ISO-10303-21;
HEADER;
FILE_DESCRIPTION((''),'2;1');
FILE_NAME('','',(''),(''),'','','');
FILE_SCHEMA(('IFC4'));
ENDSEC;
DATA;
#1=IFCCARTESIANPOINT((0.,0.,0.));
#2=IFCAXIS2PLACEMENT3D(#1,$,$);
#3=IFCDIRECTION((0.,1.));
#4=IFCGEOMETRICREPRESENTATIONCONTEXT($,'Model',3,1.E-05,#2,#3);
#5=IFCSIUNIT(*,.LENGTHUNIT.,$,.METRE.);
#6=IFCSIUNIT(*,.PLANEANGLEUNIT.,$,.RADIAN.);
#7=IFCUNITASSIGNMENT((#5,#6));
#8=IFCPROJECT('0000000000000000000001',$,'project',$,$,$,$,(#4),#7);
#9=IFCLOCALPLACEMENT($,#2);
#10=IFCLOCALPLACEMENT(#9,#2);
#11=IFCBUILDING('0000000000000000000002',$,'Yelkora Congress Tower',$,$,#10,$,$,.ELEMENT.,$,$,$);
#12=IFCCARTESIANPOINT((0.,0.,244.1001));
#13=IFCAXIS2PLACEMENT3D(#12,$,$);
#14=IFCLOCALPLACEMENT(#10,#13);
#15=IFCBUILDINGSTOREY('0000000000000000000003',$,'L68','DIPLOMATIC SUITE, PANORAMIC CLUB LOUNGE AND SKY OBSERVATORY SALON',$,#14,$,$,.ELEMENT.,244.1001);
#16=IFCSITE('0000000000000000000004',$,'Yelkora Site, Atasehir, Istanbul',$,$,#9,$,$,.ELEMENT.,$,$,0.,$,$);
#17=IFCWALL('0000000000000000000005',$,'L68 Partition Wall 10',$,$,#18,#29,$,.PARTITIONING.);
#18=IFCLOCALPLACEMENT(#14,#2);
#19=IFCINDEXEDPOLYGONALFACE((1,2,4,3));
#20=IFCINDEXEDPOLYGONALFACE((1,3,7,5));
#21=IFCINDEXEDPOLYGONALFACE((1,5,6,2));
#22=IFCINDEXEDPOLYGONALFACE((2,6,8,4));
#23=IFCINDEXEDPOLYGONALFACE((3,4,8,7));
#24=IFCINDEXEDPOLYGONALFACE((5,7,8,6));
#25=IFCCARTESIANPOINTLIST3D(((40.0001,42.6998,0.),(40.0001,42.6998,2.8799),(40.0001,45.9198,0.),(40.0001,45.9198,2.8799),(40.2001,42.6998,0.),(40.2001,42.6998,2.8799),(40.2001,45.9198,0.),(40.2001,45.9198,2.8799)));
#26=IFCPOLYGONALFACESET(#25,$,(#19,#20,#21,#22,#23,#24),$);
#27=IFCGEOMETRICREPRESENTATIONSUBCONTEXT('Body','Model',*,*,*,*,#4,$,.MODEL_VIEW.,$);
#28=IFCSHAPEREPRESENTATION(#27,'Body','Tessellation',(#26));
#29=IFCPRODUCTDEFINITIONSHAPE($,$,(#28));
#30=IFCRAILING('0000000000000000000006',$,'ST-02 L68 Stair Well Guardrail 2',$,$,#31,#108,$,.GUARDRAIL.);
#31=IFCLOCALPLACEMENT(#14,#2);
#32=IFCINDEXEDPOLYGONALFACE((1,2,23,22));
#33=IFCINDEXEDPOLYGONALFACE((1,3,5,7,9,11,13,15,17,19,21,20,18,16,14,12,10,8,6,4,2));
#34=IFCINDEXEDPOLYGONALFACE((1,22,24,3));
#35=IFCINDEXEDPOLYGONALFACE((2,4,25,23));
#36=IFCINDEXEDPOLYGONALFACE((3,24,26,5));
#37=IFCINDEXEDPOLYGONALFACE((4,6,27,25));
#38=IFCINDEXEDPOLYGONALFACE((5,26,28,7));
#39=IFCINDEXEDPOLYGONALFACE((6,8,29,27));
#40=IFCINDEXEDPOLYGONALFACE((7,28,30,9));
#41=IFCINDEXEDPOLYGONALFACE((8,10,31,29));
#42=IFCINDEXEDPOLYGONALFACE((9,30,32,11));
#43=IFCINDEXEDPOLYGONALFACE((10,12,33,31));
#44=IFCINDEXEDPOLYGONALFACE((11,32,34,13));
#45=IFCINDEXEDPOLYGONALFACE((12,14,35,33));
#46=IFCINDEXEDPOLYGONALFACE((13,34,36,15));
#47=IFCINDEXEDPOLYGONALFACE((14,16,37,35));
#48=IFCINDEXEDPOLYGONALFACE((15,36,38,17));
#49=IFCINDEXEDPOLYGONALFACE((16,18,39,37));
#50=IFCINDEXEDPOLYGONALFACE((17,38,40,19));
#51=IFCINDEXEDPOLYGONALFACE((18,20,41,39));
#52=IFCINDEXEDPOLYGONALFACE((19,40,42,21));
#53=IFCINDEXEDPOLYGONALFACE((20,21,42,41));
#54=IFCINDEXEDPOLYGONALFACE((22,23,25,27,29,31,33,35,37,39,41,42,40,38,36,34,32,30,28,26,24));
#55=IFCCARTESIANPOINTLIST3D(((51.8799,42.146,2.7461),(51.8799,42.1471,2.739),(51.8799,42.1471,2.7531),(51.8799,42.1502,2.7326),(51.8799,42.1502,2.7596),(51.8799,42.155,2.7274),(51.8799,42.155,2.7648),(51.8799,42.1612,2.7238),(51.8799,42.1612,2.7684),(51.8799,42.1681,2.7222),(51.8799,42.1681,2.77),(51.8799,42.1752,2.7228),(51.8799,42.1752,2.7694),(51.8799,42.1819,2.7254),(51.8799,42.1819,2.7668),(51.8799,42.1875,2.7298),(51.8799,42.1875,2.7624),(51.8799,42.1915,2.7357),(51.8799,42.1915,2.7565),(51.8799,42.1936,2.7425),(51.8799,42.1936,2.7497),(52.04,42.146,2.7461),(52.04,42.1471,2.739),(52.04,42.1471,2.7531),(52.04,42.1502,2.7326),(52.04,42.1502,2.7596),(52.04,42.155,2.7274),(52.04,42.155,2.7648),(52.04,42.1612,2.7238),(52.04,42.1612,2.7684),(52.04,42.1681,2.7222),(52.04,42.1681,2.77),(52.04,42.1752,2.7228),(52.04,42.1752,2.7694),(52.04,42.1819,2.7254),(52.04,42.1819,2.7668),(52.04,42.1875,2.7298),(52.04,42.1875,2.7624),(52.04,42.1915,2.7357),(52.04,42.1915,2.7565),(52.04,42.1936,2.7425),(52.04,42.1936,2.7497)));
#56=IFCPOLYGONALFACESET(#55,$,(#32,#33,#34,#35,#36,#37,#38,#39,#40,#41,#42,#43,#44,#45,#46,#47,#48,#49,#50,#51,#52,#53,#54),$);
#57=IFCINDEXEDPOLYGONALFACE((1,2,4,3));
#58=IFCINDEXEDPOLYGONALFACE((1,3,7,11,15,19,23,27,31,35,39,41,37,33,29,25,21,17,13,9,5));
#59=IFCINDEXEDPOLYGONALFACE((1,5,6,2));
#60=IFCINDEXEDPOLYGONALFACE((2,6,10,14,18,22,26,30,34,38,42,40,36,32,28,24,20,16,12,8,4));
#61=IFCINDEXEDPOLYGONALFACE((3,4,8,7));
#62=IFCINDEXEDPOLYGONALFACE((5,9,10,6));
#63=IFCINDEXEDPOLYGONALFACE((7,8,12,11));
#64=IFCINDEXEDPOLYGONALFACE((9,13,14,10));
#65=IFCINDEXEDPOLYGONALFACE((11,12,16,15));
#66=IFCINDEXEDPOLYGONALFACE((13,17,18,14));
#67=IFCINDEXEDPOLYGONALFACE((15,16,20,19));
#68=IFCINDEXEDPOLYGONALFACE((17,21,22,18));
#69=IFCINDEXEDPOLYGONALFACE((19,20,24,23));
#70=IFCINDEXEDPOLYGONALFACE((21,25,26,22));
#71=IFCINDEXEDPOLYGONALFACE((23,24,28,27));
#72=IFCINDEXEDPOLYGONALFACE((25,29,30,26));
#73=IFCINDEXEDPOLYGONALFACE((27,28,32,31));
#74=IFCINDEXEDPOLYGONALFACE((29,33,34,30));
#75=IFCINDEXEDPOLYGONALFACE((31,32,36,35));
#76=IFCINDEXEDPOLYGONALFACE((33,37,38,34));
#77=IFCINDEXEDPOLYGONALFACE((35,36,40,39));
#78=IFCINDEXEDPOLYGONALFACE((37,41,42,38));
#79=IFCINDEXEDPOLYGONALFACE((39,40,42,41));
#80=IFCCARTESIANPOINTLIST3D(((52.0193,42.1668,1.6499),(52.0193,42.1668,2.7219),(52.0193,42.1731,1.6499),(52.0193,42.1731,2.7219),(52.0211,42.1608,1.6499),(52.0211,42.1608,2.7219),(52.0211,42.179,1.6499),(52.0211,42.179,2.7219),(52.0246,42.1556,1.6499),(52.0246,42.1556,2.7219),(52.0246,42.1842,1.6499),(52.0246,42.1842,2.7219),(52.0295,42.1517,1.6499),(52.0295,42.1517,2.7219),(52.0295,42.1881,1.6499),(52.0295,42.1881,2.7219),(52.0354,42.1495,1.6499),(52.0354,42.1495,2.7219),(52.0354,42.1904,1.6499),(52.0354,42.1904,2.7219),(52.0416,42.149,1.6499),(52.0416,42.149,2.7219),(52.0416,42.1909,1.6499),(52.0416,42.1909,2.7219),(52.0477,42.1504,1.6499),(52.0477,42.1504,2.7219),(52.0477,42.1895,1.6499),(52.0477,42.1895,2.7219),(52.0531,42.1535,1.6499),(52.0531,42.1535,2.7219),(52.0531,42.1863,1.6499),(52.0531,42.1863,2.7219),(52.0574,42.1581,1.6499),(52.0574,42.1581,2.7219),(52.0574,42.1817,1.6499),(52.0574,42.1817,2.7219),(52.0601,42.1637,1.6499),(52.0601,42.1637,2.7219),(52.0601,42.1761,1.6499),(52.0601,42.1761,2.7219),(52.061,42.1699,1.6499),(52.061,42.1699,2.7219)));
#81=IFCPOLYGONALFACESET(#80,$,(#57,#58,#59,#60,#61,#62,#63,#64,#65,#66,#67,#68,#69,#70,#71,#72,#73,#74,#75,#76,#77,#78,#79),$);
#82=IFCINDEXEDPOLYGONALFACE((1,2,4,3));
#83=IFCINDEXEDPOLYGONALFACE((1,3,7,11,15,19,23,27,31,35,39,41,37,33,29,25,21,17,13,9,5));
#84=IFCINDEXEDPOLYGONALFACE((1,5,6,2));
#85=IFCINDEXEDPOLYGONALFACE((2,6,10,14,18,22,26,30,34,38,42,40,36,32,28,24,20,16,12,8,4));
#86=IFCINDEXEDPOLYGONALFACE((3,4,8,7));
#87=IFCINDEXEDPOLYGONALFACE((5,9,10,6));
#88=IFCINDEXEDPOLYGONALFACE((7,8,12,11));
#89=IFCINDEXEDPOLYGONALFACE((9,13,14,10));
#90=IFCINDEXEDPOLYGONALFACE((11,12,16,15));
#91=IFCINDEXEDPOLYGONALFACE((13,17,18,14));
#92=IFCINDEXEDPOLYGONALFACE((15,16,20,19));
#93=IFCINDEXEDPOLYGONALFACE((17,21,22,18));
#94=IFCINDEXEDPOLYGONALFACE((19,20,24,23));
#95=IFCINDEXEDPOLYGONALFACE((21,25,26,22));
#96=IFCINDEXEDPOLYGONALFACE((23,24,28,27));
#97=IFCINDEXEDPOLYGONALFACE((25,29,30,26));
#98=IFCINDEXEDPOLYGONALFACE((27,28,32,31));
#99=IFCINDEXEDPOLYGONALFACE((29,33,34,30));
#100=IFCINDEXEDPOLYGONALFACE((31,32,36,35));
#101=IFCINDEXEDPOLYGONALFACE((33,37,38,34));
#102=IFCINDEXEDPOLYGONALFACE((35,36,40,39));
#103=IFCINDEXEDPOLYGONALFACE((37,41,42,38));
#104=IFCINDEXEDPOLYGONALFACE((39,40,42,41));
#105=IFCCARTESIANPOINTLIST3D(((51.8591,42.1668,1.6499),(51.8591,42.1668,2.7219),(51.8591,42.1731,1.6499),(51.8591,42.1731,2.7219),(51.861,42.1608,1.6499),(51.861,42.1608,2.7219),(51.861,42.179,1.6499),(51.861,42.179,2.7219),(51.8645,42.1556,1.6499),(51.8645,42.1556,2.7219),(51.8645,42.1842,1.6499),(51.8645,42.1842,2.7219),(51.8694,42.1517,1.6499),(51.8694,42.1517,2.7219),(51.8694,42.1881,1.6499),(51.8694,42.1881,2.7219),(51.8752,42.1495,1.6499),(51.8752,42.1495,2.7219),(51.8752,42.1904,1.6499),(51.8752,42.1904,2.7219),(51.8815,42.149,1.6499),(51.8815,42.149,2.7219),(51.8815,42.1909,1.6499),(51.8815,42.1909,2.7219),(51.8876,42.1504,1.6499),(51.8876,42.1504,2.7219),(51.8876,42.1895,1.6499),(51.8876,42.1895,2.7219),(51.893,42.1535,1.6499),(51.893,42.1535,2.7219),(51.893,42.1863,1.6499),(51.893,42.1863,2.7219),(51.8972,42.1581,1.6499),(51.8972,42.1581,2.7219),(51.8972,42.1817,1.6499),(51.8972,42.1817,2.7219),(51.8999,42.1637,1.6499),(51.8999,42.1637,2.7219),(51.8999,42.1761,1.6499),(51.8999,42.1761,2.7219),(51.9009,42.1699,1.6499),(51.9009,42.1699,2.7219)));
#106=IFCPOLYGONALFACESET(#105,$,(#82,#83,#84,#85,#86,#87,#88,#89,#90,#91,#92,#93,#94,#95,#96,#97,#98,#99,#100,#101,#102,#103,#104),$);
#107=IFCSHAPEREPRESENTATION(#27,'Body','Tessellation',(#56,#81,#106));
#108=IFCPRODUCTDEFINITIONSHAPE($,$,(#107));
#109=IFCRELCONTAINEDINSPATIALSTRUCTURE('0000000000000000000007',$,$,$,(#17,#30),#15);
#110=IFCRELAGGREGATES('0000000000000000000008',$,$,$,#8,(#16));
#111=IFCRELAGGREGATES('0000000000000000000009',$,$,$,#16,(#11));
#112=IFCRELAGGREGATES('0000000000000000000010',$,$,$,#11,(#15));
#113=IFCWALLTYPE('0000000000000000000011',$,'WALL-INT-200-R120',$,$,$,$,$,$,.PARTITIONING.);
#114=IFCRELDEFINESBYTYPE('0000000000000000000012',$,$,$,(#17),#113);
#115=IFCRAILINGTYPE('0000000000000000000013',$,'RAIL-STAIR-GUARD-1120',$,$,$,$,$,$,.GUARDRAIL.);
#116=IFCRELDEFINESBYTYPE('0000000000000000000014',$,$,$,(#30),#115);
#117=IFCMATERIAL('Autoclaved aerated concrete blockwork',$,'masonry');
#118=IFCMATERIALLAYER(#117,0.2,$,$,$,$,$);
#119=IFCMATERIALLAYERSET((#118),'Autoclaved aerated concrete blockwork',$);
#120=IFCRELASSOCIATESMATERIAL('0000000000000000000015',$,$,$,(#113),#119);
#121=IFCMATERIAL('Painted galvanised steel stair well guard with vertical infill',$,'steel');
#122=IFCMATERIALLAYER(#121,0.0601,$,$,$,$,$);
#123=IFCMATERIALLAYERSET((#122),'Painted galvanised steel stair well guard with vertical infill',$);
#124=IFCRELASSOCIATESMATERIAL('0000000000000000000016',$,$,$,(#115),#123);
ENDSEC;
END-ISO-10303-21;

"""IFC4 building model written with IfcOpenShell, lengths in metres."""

from ifc_helpers import new_model, si_unit, direction, frame, frame_2d, origin, origin_2d, place, context, subcontext, project, spatial, rectangle, circle, extrude, material, layer, layer_set, type_object, element, save


model = new_model("IFC4")

# Units and contexts
model_context = context("Model", 3, precision=1e-05, world=origin(), true_north=direction((0.0, 1.0)))
body_context = subcontext(model_context, "Body", "Model", "MODEL_VIEW")
ifc_project = project(units=[si_unit("LENGTHUNIT", "METRE"), si_unit("PLANEANGLEUNIT", "RADIAN")], contexts=[model_context])

# Site, building, storey
site_placement = place(None, origin())
site = spatial("IfcSite", under=ifc_project, at=site_placement, Name="Yelkora Site, Atasehir, Istanbul", CompositionType="ELEMENT", RefElevation=0.0)
building_placement = place(site_placement, origin())
building = spatial("IfcBuilding", under=site, at=building_placement, Name="Yelkora Congress Tower", CompositionType="ELEMENT")
storey_placement = place(building_placement, frame((0.0, 0.0, 244.1001)))
storey = spatial("IfcBuildingStorey", under=building, at=storey_placement, Name="L68", Description="DIPLOMATIC SUITE, PANORAMIC CLUB LOUNGE AND SKY OBSERVATORY SALON", CompositionType="ELEMENT", Elevation=244.1001)

# Wall
ifc_material_1 = material(Name="Autoclaved aerated concrete blockwork", Category="masonry")
ifc_layer_1 = layer(ifc_material_1, 0.2)
ifc_layer_set_1 = layer_set([ifc_layer_1], Name="Autoclaved aerated concrete blockwork")
wall_type_1 = type_object("IfcWallType", Name="WALL-INT-200-R120", PredefinedType="PARTITIONING", material=ifc_layer_set_1)
wall_1_placement = place(storey_placement, frame((40.1001, 42.7, 0.0), z_axis=(0.0, 0.0, 1.0), x_axis=(0.0, 1.0, 0.0)))
element("IfcWall", 1, at=wall_1_placement, inside=storey, type_object=wall_type_1, Name="L68 Partition Wall 10", PredefinedType="PARTITIONING", context=body_context, shape_type="SweptSolid", body=[
    extrude(rectangle(XDim=3.22, YDim=0.2, at=frame_2d((1.6099, 0.0))), origin(), (0.0, 0.0, 1.0), 2.8799),
])

# Railing
ifc_material_2 = material(Name="Painted galvanised steel stair well guard with vertical infill", Category="steel")
ifc_layer_2 = layer(ifc_material_2, 0.0601)
ifc_layer_set_2 = layer_set([ifc_layer_2], Name="Painted galvanised steel stair well guard with vertical infill")
railing_type = type_object("IfcRailingType", Name="RAIL-STAIR-GUARD-1120", PredefinedType="GUARDRAIL", material=ifc_layer_set_2)
railing_1_placement = place(storey_placement, frame((52.04, 42.1699, 1.6499)))
element("IfcRailing", 2, at=railing_1_placement, inside=storey, type_object=railing_type, Name="ST-02 L68 Stair Well Guardrail 2", PredefinedType="GUARDRAIL", context=body_context, shape_type="SweptSolid", body=[
    extrude(circle(Radius=0.0239, at=origin_2d()), frame((0.0, 0.0, 1.0962), z_axis=(-1.0, 0.0, 0.0), x_axis=(0.0, -1.0, 0.0)), (0.0, 0.0, 1.0), 0.1602),
    extrude(circle(Radius=0.021, at=origin_2d()), origin(), (0.0, 0.0, 1.0), 1.072),
    extrude(circle(Radius=0.021, at=origin_2d()), frame((-0.1602, 0.0, 0.0)), (0.0, 0.0, 1.0), 1.072),
])

save(model, "model.ifc")
